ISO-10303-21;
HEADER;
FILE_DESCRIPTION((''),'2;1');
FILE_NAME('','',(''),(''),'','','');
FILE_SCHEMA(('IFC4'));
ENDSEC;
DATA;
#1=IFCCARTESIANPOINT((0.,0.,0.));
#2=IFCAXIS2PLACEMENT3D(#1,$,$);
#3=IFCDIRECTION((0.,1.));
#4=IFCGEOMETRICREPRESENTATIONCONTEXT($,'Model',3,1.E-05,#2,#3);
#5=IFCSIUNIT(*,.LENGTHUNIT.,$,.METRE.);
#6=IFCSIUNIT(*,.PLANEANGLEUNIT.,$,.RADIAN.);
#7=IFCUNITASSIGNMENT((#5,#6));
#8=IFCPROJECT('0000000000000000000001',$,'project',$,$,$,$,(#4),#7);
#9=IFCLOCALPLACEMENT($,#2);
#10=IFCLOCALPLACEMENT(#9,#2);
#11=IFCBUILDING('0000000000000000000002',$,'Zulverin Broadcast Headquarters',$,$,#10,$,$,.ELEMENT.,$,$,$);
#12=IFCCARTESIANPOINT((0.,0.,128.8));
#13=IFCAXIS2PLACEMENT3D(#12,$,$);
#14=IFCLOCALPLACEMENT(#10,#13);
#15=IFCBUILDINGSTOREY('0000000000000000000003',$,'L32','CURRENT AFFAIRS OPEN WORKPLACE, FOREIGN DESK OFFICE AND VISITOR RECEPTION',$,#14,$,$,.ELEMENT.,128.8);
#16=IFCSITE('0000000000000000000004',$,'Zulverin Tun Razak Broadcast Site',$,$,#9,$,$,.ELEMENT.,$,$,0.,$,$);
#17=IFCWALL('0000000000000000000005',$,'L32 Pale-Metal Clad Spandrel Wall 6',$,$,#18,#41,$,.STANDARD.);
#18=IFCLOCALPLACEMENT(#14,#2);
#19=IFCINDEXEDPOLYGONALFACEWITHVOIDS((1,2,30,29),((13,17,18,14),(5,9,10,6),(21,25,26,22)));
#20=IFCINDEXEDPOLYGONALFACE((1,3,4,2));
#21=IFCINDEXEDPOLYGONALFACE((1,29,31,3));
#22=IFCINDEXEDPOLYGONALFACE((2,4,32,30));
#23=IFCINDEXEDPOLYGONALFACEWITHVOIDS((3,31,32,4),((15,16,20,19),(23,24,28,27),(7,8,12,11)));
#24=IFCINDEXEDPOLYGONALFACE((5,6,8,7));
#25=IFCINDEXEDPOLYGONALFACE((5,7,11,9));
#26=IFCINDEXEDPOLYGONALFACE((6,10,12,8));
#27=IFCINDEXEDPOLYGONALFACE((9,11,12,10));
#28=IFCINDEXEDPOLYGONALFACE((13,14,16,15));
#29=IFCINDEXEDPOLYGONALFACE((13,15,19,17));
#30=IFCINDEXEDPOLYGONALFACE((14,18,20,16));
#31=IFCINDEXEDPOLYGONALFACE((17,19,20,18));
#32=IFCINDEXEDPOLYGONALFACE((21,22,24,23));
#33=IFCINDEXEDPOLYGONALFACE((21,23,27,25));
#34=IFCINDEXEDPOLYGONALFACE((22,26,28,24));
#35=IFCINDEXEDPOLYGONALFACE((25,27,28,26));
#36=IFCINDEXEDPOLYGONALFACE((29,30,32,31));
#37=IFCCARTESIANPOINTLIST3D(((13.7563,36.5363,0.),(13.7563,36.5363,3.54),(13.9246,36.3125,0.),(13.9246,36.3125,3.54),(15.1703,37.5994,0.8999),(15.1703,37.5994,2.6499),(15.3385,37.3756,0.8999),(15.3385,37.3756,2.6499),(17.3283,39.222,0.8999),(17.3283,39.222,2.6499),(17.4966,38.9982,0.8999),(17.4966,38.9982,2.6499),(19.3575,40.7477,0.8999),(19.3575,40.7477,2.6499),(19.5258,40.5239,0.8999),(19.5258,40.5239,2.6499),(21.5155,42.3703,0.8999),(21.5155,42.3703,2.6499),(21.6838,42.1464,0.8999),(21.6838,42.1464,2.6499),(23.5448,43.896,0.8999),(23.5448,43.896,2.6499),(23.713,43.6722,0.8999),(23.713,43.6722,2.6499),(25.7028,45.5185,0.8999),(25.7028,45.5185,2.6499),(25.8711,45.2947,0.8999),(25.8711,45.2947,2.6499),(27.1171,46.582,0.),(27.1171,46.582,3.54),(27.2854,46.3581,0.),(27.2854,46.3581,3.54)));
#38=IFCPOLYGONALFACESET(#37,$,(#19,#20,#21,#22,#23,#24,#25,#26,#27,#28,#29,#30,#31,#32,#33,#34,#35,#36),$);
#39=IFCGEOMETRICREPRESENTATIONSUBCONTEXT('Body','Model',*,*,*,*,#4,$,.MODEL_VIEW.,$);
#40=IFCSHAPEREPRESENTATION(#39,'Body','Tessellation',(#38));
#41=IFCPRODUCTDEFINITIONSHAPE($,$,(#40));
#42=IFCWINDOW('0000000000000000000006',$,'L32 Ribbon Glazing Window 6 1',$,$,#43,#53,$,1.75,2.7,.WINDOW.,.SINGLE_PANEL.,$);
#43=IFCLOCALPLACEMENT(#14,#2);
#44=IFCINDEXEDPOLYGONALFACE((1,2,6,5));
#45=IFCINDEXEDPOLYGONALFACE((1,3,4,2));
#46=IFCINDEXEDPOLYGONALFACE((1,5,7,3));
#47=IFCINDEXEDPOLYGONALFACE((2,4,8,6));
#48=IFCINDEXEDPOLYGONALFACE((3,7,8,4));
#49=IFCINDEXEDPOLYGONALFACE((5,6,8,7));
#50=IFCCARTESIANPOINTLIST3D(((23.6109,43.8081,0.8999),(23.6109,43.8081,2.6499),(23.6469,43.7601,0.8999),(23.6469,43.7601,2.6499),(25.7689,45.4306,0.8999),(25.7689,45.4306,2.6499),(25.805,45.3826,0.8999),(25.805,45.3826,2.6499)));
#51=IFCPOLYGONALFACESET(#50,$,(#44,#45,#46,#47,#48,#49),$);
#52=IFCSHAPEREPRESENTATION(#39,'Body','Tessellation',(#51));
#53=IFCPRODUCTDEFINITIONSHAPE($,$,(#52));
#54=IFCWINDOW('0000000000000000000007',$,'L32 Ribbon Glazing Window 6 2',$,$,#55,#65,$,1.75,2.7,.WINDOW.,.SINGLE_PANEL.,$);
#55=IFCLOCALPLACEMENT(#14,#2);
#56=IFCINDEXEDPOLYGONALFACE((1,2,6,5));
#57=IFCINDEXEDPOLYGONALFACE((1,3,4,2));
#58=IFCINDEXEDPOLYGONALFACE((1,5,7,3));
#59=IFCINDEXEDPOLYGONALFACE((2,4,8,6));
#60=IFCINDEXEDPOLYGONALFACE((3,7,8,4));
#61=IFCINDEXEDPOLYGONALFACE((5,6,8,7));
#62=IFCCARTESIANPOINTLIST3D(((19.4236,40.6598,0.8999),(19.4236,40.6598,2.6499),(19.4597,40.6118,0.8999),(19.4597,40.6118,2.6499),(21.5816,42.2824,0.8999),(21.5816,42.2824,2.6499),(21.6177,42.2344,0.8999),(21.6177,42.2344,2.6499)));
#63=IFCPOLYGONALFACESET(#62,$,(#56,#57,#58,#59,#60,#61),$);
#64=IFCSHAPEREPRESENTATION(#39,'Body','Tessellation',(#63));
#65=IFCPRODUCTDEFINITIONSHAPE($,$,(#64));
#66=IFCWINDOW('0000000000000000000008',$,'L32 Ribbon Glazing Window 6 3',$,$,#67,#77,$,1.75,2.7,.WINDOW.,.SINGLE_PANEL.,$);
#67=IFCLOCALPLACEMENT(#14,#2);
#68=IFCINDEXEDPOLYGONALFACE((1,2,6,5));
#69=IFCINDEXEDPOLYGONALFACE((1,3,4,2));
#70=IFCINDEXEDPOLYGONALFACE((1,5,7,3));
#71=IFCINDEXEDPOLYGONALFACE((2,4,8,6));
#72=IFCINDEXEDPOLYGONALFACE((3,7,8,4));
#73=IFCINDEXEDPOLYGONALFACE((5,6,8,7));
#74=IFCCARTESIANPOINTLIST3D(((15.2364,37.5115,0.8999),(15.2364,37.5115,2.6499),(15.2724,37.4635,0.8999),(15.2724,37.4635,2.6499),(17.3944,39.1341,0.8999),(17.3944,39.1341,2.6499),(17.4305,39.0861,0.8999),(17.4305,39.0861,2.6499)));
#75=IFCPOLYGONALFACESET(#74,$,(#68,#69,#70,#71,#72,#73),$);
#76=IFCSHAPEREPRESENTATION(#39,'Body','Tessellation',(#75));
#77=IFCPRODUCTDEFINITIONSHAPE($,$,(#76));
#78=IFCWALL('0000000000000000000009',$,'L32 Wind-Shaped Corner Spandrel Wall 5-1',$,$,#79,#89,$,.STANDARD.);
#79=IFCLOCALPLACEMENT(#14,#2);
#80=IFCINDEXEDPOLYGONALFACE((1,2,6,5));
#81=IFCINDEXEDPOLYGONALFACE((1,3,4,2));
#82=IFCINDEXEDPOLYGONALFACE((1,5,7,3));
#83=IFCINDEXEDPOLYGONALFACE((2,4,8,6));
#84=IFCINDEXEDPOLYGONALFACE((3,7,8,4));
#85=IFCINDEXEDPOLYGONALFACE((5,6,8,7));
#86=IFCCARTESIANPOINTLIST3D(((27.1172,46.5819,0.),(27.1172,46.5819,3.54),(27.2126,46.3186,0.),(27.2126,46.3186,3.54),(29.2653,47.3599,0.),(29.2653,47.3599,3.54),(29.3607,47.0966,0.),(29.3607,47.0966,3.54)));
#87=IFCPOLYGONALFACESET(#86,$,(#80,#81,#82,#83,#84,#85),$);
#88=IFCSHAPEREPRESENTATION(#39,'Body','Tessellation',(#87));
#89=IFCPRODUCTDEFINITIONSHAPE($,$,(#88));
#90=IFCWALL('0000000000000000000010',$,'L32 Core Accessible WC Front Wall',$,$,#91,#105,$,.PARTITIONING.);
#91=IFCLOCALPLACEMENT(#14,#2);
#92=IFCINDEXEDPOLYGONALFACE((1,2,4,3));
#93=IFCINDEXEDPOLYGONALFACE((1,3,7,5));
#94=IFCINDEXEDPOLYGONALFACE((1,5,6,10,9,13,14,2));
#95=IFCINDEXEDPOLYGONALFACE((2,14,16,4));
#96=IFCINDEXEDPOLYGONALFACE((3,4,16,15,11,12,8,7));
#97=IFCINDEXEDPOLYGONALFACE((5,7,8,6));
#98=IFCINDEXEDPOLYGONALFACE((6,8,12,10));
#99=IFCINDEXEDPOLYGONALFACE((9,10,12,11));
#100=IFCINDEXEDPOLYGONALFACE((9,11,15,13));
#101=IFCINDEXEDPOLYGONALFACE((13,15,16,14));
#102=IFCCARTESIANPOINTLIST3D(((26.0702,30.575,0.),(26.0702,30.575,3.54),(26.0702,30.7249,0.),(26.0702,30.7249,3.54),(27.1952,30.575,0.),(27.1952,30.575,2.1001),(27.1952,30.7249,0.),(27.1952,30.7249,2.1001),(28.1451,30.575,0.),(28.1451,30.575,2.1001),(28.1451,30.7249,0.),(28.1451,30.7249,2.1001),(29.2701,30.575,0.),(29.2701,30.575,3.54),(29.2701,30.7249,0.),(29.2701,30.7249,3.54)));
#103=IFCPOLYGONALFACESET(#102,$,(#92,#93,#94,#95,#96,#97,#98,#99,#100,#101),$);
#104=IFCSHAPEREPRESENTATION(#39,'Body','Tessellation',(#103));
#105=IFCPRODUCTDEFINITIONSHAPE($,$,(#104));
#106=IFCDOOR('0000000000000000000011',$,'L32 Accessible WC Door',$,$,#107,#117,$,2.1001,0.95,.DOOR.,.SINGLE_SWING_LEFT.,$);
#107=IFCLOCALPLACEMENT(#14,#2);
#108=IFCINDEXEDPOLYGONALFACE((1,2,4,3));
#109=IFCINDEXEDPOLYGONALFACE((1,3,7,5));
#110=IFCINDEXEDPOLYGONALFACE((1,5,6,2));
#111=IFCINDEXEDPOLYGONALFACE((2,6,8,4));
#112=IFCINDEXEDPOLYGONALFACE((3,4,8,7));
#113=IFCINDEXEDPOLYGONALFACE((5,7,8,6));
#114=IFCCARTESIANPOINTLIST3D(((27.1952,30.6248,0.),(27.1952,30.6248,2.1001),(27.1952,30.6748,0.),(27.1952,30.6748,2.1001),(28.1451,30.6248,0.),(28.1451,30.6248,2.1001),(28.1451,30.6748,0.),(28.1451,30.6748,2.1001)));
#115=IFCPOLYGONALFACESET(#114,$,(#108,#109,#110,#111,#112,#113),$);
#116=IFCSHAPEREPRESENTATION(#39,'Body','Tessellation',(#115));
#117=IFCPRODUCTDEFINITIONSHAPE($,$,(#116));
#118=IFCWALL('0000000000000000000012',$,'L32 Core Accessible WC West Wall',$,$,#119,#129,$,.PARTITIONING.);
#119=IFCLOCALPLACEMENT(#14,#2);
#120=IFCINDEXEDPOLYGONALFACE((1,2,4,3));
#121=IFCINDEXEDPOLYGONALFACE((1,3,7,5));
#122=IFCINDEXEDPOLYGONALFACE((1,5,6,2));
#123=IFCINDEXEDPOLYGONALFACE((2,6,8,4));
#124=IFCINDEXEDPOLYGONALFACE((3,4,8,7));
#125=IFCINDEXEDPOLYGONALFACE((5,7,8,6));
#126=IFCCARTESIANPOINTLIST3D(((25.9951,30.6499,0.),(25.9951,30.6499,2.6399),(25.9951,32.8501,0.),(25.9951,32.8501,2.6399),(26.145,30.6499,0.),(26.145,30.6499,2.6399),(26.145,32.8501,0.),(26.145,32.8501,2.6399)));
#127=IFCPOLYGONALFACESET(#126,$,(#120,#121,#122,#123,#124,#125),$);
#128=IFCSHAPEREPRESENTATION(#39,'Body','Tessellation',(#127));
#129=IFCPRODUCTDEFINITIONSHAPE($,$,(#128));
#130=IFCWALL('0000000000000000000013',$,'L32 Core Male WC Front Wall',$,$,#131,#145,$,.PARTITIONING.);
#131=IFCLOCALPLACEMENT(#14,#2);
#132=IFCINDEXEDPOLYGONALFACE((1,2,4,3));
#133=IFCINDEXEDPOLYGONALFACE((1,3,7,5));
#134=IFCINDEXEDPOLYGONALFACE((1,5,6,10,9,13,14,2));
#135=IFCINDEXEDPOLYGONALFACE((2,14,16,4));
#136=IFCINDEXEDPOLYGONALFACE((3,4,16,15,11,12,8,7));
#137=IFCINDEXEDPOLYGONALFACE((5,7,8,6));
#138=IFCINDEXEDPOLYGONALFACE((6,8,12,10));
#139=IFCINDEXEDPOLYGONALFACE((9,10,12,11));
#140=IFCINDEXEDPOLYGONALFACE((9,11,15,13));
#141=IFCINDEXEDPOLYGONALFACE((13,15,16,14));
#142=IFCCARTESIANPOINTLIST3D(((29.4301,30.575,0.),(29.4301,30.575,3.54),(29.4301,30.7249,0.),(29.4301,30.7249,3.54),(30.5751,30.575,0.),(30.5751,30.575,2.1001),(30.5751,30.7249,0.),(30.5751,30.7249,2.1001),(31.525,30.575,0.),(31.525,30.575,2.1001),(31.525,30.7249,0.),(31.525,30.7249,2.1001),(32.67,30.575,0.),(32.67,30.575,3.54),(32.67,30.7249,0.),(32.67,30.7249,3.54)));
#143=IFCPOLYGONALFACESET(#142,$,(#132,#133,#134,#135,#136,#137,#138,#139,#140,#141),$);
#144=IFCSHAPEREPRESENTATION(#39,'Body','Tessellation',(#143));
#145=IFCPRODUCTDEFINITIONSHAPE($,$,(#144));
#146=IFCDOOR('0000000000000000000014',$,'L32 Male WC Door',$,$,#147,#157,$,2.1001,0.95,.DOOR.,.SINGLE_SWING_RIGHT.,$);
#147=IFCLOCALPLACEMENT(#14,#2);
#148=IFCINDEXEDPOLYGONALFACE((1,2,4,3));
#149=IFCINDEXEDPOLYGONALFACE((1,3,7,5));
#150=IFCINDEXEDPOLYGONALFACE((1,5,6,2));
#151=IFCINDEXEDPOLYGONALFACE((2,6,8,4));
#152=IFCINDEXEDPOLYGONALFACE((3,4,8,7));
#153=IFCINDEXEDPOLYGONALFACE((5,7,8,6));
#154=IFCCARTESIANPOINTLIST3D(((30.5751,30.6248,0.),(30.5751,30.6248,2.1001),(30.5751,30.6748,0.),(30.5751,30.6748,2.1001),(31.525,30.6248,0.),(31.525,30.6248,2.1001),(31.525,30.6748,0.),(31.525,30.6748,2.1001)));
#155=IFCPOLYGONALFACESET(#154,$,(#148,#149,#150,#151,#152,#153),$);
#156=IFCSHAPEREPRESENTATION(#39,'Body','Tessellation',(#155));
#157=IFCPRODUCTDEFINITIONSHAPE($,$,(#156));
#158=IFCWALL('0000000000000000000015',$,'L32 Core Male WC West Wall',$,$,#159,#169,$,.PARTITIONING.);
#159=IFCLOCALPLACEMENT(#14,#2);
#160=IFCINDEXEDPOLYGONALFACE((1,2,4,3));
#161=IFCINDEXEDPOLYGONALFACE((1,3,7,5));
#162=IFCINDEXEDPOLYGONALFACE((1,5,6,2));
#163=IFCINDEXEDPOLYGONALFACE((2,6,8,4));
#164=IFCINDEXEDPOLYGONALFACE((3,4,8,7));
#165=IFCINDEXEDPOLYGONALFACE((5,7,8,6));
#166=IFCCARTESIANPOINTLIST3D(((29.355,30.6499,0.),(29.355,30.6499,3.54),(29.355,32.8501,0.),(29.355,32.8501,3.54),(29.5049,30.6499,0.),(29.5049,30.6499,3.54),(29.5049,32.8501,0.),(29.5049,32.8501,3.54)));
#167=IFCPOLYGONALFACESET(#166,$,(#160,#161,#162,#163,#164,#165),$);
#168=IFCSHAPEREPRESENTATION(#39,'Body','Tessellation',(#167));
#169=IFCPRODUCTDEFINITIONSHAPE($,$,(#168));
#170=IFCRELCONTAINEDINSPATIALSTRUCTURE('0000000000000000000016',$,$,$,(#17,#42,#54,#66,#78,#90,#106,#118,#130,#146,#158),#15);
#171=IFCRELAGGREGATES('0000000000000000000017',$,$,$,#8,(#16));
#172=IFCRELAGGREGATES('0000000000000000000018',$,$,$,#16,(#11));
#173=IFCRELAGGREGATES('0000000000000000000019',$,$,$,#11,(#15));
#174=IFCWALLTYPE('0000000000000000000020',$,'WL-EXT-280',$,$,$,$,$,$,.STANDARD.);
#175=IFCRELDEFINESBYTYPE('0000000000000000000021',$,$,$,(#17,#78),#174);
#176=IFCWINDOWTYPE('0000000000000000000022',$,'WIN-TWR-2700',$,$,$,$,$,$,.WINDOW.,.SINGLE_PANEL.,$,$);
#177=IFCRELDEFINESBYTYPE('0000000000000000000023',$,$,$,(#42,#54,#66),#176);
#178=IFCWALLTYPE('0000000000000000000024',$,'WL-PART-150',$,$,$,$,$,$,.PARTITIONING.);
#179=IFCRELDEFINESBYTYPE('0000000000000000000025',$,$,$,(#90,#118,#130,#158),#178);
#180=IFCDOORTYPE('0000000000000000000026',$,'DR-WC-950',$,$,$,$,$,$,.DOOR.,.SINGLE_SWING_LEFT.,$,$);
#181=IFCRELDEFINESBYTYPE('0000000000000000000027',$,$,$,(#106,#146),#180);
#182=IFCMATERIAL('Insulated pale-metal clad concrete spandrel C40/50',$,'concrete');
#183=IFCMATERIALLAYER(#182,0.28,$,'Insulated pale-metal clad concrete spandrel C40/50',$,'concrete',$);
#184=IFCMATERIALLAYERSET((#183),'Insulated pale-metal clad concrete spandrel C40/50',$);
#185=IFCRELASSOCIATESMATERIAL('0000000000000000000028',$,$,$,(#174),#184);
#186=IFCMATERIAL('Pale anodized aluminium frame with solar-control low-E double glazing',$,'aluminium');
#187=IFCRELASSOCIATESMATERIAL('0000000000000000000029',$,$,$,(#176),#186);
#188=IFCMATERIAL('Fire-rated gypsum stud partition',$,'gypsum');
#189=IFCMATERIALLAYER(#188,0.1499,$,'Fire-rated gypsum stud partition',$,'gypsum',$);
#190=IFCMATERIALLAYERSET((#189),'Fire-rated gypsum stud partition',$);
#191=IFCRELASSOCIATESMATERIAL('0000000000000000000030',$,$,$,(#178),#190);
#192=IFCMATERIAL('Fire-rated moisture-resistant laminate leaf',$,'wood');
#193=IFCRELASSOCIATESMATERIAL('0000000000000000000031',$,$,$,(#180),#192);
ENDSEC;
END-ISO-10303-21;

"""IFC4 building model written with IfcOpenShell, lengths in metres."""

from ifc_helpers import new_model, si_unit, direction, frame, frame_2d, origin, place, context, subcontext, project, spatial, rectangle, extrude, material, layer, layer_set, type_object, element, fill, save


model = new_model("IFC4")

# Units and contexts
model_context = context("Model", 3, precision=1e-05, world=origin(), true_north=direction((0.0, 1.0)))
body_context = subcontext(model_context, "Body", "Model", "MODEL_VIEW")
ifc_project = project(units=[si_unit("LENGTHUNIT", "METRE"), si_unit("PLANEANGLEUNIT", "RADIAN")], contexts=[model_context])

# Site, building, storey
site_placement = place(None, origin())
site = spatial("IfcSite", under=ifc_project, at=site_placement, Name="Zulverin Tun Razak Broadcast Site", CompositionType="ELEMENT", RefElevation=0.0)
building_placement = place(site_placement, origin())
building = spatial("IfcBuilding", under=site, at=building_placement, Name="Zulverin Broadcast Headquarters", CompositionType="ELEMENT")
storey_placement = place(building_placement, frame((0.0, 0.0, 128.8)))
storey = spatial("IfcBuildingStorey", under=building, at=storey_placement, Name="L32", Description="CURRENT AFFAIRS OPEN WORKPLACE, FOREIGN DESK OFFICE AND VISITOR RECEPTION", CompositionType="ELEMENT", Elevation=128.8)

# Wall, openings, windows
ifc_material_1 = material(Name="Insulated pale-metal clad concrete spandrel C40/50", Category="concrete")
ifc_layer_1 = layer(ifc_material_1, 0.28, Name="Insulated pale-metal clad concrete spandrel C40/50", Category="concrete")
ifc_layer_set_1 = layer_set([ifc_layer_1], Name="Insulated pale-metal clad concrete spandrel C40/50")
wall_type_1 = type_object("IfcWallType", Name="WL-EXT-280", PredefinedType="STANDARD", material=ifc_layer_set_1)
wall_1_placement = place(storey_placement, frame((27.2012, 46.47, 0.0), z_axis=(0.0, 0.0, 1.0), x_axis=(-0.799281, -0.600958, 0.0)))
wall_1 = element("IfcWall", 1, at=wall_1_placement, inside=storey, type_object=wall_type_1, Name="L32 Pale-Metal Clad Spandrel Wall 6", PredefinedType="STANDARD", context=body_context, shape_type="SweptSolid", body=[
    extrude(rectangle(XDim=16.7161, YDim=0.28, at=frame_2d((8.3579, 0.0))), origin(), (0.0, 0.0, 1.0), 3.54),
])
opening_1_placement = place(wall_1_placement, frame((1.7693, 0.0, 0.8999)))
opening_1 = element("IfcOpeningElement", 2, at=opening_1_placement, cuts=wall_1, PredefinedType="OPENING", context=body_context, shape_type="SweptSolid", body=[
    extrude(rectangle(XDim=2.7, YDim=1.75, at=frame_2d((1.3501, 0.875))), frame((0.0, 0.1499, 0.0), z_axis=(0.0, -1.0, 0.0), x_axis=(1.0, 0.0, 0.0)), (0.0, 0.0, 1.0), 0.3),
])
opening_2_placement = place(wall_1_placement, frame((7.0081, 0.0, 0.8999)))
opening_2 = element("IfcOpeningElement", 3, at=opening_2_placement, cuts=wall_1, PredefinedType="OPENING", context=body_context, shape_type="SweptSolid", body=[
    extrude(rectangle(XDim=2.7, YDim=1.75, at=frame_2d((1.3501, 0.875))), frame((0.0, 0.1499, 0.0), z_axis=(0.0, -1.0, 0.0), x_axis=(1.0, 0.0, 0.0)), (0.0, 0.0, 1.0), 0.3),
])
opening_3_placement = place(wall_1_placement, frame((12.2468, 0.0, 0.8999)))
opening_3 = element("IfcOpeningElement", 4, at=opening_3_placement, cuts=wall_1, PredefinedType="OPENING", context=body_context, shape_type="SweptSolid", body=[
    extrude(rectangle(XDim=2.7, YDim=1.75, at=frame_2d((1.3501, 0.875))), frame((0.0, 0.1499, 0.0), z_axis=(0.0, -1.0, 0.0), x_axis=(1.0, 0.0, 0.0)), (0.0, 0.0, 1.0), 0.3),
])
ifc_material_2 = material(Name="Pale anodized aluminium frame with solar-control low-E double glazing", Category="aluminium")
window_type = type_object("IfcWindowType", Name="WIN-TWR-2700", PartitioningType="SINGLE_PANEL", PredefinedType="WINDOW", material=ifc_material_2)
window_1_placement = place(opening_1_placement, origin())
window_1 = element("IfcWindow", 5, at=window_1_placement, inside=storey, type_object=window_type, Name="L32 Ribbon Glazing Window 6 1", OverallHeight=1.75, OverallWidth=2.7, PartitioningType="SINGLE_PANEL", PredefinedType="WINDOW", context=body_context, shape_type="SweptSolid", body=[
    extrude(rectangle(XDim=2.7, YDim=1.75, at=frame_2d((1.3501, 0.875))), frame((0.0, 0.03, 0.0), z_axis=(0.0, -1.0, 0.0), x_axis=(1.0, 0.0, 0.0)), (0.0, 0.0, 1.0), 0.0601),
])
fill(opening_1, window_1)
window_2_placement = place(opening_2_placement, origin())
window_2 = element("IfcWindow", 6, at=window_2_placement, inside=storey, type_object=window_type, Name="L32 Ribbon Glazing Window 6 2", OverallHeight=1.75, OverallWidth=2.7, PartitioningType="SINGLE_PANEL", PredefinedType="WINDOW", context=body_context, shape_type="SweptSolid", body=[
    extrude(rectangle(XDim=2.7, YDim=1.75, at=frame_2d((1.3501, 0.875))), frame((0.0, 0.03, 0.0), z_axis=(0.0, -1.0, 0.0), x_axis=(1.0, 0.0, 0.0)), (0.0, 0.0, 1.0), 0.0601),
])
fill(opening_2, window_2)
window_3_placement = place(opening_3_placement, origin())
window_3 = element("IfcWindow", 7, at=window_3_placement, inside=storey, type_object=window_type, Name="L32 Ribbon Glazing Window 6 3", OverallHeight=1.75, OverallWidth=2.7, PartitioningType="SINGLE_PANEL", PredefinedType="WINDOW", context=body_context, shape_type="SweptSolid", body=[
    extrude(rectangle(XDim=2.7, YDim=1.75, at=frame_2d((1.3501, 0.875))), frame((0.0, 0.03, 0.0), z_axis=(0.0, -1.0, 0.0), x_axis=(1.0, 0.0, 0.0)), (0.0, 0.0, 1.0), 0.0601),
])
fill(opening_3, window_3)

# Wall
wall_2_placement = place(storey_placement, frame((29.313, 47.2283, 0.0), z_axis=(0.0, 0.0, 1.0), x_axis=(-0.940226, -0.34055, 0.0)))
element("IfcWall", 8, at=wall_2_placement, inside=storey, type_object=wall_type_1, Name="L32 Wind-Shaped Corner Spandrel Wall 5-1", PredefinedType="STANDARD", context=body_context, shape_type="SweptSolid", body=[
    extrude(rectangle(XDim=2.2847, YDim=0.28, at=frame_2d((1.1423, 0.0))), origin(), (0.0, 0.0, 1.0), 3.54),
])

# Wall, opening, door
ifc_material_3 = material(Name="Fire-rated gypsum stud partition", Category="gypsum")
ifc_layer_2 = layer(ifc_material_3, 0.1499, Name="Fire-rated gypsum stud partition", Category="gypsum")
ifc_layer_set_2 = layer_set([ifc_layer_2], Name="Fire-rated gypsum stud partition")
wall_type_2 = type_object("IfcWallType", Name="WL-PART-150", PredefinedType="PARTITIONING", material=ifc_layer_set_2)
wall_3_placement = place(storey_placement, frame((26.0701, 30.6499, 0.0), z_axis=(0.0, 0.0, 1.0), x_axis=(1.0, 0.0, 0.0)))
wall_3 = element("IfcWall", 9, at=wall_3_placement, inside=storey, type_object=wall_type_2, Name="L32 Core Accessible WC Front Wall", PredefinedType="PARTITIONING", context=body_context, shape_type="SweptSolid", body=[
    extrude(rectangle(XDim=3.2, YDim=0.1499, at=frame_2d((1.6001, 0.0))), origin(), (0.0, 0.0, 1.0), 3.54),
])
opening_4_placement = place(wall_3_placement, frame((1.125, 0.0, 0.0)))
opening_4 = element("IfcOpeningElement", 10, at=opening_4_placement, cuts=wall_3, PredefinedType="OPENING", context=body_context, shape_type="SweptSolid", body=[
    extrude(rectangle(XDim=0.95, YDim=2.1001, at=frame_2d((0.4751, 1.05))), frame((0.0, 0.085, 0.0), z_axis=(0.0, -1.0, 0.0), x_axis=(1.0, 0.0, 0.0)), (0.0, 0.0, 1.0), 0.1699),
])
ifc_material_4 = material(Name="Fire-rated moisture-resistant laminate leaf", Category="wood")
door_type_1 = type_object("IfcDoorType", Name="DR-WC-950", OperationType="SINGLE_SWING_LEFT", PredefinedType="DOOR", material=ifc_material_4)
door_1_placement = place(opening_4_placement, origin())
door_1 = element("IfcDoor", 11, at=door_1_placement, inside=storey, type_object=door_type_1, Name="L32 Accessible WC Door", OperationType="SINGLE_SWING_LEFT", OverallHeight=2.1001, OverallWidth=0.95, PredefinedType="DOOR", context=body_context, shape_type="SweptSolid", body=[
    extrude(rectangle(XDim=0.95, YDim=2.1001, at=frame_2d((0.4751, 1.05))), frame((0.0, 0.0249, 0.0), z_axis=(0.0, -1.0, 0.0), x_axis=(1.0, 0.0, 0.0)), (0.0, 0.0, 1.0), 0.05),
])
fill(opening_4, door_1)

# Wall
wall_4_placement = place(storey_placement, frame((26.0701, 30.6499, 0.0), z_axis=(0.0, 0.0, 1.0), x_axis=(0.0, 1.0, 0.0)))
element("IfcWall", 12, at=wall_4_placement, inside=storey, type_object=wall_type_2, Name="L32 Core Accessible WC West Wall", PredefinedType="PARTITIONING", context=body_context, shape_type="SweptSolid", body=[
    extrude(rectangle(XDim=2.2002, YDim=0.1499, at=frame_2d((1.1001, 0.0))), origin(), (0.0, 0.0, 1.0), 2.6399),
])

# Wall, opening, door
wall_5_placement = place(storey_placement, frame((29.4299, 30.6499, 0.0), z_axis=(0.0, 0.0, 1.0), x_axis=(1.0, 0.0, 0.0)))
wall_5 = element("IfcWall", 13, at=wall_5_placement, inside=storey, type_object=wall_type_2, Name="L32 Core Male WC Front Wall", PredefinedType="PARTITIONING", context=body_context, shape_type="SweptSolid", body=[
    extrude(rectangle(XDim=3.24, YDim=0.1499, at=frame_2d((1.6201, 0.0))), origin(), (0.0, 0.0, 1.0), 3.54),
])
opening_5_placement = place(wall_5_placement, frame((1.145, 0.0, 0.0)))
opening_5 = element("IfcOpeningElement", 14, at=opening_5_placement, cuts=wall_5, PredefinedType="OPENING", context=body_context, shape_type="SweptSolid", body=[
    extrude(rectangle(XDim=0.95, YDim=2.1001, at=frame_2d((0.4751, 1.05))), frame((0.0, 0.085, 0.0), z_axis=(0.0, -1.0, 0.0), x_axis=(1.0, 0.0, 0.0)), (0.0, 0.0, 1.0), 0.1699),
])
door_2_placement = place(opening_5_placement, origin())
door_2 = element("IfcDoor", 15, at=door_2_placement, inside=storey, type_object=door_type_1, Name="L32 Male WC Door", OperationType="SINGLE_SWING_RIGHT", OverallHeight=2.1001, OverallWidth=0.95, PredefinedType="DOOR", context=body_context, shape_type="SweptSolid", body=[
    extrude(rectangle(XDim=0.95, YDim=2.1001, at=frame_2d((0.4751, 1.05))), frame((0.0, 0.0249, 0.0), z_axis=(0.0, -1.0, 0.0), x_axis=(1.0, 0.0, 0.0)), (0.0, 0.0, 1.0), 0.05),
])
fill(opening_5, door_2)

# Wall
wall_6_placement = place(storey_placement, frame((29.4299, 30.6499, 0.0), z_axis=(0.0, 0.0, 1.0), x_axis=(0.0, 1.0, 0.0)))
element("IfcWall", 16, at=wall_6_placement, inside=storey, type_object=wall_type_2, Name="L32 Core Male WC West Wall", PredefinedType="PARTITIONING", context=body_context, shape_type="SweptSolid", body=[
    extrude(rectangle(XDim=2.2002, YDim=0.1499, at=frame_2d((1.1001, 0.0))), origin(), (0.0, 0.0, 1.0), 3.54),
])

save(model, "model.ifc")
